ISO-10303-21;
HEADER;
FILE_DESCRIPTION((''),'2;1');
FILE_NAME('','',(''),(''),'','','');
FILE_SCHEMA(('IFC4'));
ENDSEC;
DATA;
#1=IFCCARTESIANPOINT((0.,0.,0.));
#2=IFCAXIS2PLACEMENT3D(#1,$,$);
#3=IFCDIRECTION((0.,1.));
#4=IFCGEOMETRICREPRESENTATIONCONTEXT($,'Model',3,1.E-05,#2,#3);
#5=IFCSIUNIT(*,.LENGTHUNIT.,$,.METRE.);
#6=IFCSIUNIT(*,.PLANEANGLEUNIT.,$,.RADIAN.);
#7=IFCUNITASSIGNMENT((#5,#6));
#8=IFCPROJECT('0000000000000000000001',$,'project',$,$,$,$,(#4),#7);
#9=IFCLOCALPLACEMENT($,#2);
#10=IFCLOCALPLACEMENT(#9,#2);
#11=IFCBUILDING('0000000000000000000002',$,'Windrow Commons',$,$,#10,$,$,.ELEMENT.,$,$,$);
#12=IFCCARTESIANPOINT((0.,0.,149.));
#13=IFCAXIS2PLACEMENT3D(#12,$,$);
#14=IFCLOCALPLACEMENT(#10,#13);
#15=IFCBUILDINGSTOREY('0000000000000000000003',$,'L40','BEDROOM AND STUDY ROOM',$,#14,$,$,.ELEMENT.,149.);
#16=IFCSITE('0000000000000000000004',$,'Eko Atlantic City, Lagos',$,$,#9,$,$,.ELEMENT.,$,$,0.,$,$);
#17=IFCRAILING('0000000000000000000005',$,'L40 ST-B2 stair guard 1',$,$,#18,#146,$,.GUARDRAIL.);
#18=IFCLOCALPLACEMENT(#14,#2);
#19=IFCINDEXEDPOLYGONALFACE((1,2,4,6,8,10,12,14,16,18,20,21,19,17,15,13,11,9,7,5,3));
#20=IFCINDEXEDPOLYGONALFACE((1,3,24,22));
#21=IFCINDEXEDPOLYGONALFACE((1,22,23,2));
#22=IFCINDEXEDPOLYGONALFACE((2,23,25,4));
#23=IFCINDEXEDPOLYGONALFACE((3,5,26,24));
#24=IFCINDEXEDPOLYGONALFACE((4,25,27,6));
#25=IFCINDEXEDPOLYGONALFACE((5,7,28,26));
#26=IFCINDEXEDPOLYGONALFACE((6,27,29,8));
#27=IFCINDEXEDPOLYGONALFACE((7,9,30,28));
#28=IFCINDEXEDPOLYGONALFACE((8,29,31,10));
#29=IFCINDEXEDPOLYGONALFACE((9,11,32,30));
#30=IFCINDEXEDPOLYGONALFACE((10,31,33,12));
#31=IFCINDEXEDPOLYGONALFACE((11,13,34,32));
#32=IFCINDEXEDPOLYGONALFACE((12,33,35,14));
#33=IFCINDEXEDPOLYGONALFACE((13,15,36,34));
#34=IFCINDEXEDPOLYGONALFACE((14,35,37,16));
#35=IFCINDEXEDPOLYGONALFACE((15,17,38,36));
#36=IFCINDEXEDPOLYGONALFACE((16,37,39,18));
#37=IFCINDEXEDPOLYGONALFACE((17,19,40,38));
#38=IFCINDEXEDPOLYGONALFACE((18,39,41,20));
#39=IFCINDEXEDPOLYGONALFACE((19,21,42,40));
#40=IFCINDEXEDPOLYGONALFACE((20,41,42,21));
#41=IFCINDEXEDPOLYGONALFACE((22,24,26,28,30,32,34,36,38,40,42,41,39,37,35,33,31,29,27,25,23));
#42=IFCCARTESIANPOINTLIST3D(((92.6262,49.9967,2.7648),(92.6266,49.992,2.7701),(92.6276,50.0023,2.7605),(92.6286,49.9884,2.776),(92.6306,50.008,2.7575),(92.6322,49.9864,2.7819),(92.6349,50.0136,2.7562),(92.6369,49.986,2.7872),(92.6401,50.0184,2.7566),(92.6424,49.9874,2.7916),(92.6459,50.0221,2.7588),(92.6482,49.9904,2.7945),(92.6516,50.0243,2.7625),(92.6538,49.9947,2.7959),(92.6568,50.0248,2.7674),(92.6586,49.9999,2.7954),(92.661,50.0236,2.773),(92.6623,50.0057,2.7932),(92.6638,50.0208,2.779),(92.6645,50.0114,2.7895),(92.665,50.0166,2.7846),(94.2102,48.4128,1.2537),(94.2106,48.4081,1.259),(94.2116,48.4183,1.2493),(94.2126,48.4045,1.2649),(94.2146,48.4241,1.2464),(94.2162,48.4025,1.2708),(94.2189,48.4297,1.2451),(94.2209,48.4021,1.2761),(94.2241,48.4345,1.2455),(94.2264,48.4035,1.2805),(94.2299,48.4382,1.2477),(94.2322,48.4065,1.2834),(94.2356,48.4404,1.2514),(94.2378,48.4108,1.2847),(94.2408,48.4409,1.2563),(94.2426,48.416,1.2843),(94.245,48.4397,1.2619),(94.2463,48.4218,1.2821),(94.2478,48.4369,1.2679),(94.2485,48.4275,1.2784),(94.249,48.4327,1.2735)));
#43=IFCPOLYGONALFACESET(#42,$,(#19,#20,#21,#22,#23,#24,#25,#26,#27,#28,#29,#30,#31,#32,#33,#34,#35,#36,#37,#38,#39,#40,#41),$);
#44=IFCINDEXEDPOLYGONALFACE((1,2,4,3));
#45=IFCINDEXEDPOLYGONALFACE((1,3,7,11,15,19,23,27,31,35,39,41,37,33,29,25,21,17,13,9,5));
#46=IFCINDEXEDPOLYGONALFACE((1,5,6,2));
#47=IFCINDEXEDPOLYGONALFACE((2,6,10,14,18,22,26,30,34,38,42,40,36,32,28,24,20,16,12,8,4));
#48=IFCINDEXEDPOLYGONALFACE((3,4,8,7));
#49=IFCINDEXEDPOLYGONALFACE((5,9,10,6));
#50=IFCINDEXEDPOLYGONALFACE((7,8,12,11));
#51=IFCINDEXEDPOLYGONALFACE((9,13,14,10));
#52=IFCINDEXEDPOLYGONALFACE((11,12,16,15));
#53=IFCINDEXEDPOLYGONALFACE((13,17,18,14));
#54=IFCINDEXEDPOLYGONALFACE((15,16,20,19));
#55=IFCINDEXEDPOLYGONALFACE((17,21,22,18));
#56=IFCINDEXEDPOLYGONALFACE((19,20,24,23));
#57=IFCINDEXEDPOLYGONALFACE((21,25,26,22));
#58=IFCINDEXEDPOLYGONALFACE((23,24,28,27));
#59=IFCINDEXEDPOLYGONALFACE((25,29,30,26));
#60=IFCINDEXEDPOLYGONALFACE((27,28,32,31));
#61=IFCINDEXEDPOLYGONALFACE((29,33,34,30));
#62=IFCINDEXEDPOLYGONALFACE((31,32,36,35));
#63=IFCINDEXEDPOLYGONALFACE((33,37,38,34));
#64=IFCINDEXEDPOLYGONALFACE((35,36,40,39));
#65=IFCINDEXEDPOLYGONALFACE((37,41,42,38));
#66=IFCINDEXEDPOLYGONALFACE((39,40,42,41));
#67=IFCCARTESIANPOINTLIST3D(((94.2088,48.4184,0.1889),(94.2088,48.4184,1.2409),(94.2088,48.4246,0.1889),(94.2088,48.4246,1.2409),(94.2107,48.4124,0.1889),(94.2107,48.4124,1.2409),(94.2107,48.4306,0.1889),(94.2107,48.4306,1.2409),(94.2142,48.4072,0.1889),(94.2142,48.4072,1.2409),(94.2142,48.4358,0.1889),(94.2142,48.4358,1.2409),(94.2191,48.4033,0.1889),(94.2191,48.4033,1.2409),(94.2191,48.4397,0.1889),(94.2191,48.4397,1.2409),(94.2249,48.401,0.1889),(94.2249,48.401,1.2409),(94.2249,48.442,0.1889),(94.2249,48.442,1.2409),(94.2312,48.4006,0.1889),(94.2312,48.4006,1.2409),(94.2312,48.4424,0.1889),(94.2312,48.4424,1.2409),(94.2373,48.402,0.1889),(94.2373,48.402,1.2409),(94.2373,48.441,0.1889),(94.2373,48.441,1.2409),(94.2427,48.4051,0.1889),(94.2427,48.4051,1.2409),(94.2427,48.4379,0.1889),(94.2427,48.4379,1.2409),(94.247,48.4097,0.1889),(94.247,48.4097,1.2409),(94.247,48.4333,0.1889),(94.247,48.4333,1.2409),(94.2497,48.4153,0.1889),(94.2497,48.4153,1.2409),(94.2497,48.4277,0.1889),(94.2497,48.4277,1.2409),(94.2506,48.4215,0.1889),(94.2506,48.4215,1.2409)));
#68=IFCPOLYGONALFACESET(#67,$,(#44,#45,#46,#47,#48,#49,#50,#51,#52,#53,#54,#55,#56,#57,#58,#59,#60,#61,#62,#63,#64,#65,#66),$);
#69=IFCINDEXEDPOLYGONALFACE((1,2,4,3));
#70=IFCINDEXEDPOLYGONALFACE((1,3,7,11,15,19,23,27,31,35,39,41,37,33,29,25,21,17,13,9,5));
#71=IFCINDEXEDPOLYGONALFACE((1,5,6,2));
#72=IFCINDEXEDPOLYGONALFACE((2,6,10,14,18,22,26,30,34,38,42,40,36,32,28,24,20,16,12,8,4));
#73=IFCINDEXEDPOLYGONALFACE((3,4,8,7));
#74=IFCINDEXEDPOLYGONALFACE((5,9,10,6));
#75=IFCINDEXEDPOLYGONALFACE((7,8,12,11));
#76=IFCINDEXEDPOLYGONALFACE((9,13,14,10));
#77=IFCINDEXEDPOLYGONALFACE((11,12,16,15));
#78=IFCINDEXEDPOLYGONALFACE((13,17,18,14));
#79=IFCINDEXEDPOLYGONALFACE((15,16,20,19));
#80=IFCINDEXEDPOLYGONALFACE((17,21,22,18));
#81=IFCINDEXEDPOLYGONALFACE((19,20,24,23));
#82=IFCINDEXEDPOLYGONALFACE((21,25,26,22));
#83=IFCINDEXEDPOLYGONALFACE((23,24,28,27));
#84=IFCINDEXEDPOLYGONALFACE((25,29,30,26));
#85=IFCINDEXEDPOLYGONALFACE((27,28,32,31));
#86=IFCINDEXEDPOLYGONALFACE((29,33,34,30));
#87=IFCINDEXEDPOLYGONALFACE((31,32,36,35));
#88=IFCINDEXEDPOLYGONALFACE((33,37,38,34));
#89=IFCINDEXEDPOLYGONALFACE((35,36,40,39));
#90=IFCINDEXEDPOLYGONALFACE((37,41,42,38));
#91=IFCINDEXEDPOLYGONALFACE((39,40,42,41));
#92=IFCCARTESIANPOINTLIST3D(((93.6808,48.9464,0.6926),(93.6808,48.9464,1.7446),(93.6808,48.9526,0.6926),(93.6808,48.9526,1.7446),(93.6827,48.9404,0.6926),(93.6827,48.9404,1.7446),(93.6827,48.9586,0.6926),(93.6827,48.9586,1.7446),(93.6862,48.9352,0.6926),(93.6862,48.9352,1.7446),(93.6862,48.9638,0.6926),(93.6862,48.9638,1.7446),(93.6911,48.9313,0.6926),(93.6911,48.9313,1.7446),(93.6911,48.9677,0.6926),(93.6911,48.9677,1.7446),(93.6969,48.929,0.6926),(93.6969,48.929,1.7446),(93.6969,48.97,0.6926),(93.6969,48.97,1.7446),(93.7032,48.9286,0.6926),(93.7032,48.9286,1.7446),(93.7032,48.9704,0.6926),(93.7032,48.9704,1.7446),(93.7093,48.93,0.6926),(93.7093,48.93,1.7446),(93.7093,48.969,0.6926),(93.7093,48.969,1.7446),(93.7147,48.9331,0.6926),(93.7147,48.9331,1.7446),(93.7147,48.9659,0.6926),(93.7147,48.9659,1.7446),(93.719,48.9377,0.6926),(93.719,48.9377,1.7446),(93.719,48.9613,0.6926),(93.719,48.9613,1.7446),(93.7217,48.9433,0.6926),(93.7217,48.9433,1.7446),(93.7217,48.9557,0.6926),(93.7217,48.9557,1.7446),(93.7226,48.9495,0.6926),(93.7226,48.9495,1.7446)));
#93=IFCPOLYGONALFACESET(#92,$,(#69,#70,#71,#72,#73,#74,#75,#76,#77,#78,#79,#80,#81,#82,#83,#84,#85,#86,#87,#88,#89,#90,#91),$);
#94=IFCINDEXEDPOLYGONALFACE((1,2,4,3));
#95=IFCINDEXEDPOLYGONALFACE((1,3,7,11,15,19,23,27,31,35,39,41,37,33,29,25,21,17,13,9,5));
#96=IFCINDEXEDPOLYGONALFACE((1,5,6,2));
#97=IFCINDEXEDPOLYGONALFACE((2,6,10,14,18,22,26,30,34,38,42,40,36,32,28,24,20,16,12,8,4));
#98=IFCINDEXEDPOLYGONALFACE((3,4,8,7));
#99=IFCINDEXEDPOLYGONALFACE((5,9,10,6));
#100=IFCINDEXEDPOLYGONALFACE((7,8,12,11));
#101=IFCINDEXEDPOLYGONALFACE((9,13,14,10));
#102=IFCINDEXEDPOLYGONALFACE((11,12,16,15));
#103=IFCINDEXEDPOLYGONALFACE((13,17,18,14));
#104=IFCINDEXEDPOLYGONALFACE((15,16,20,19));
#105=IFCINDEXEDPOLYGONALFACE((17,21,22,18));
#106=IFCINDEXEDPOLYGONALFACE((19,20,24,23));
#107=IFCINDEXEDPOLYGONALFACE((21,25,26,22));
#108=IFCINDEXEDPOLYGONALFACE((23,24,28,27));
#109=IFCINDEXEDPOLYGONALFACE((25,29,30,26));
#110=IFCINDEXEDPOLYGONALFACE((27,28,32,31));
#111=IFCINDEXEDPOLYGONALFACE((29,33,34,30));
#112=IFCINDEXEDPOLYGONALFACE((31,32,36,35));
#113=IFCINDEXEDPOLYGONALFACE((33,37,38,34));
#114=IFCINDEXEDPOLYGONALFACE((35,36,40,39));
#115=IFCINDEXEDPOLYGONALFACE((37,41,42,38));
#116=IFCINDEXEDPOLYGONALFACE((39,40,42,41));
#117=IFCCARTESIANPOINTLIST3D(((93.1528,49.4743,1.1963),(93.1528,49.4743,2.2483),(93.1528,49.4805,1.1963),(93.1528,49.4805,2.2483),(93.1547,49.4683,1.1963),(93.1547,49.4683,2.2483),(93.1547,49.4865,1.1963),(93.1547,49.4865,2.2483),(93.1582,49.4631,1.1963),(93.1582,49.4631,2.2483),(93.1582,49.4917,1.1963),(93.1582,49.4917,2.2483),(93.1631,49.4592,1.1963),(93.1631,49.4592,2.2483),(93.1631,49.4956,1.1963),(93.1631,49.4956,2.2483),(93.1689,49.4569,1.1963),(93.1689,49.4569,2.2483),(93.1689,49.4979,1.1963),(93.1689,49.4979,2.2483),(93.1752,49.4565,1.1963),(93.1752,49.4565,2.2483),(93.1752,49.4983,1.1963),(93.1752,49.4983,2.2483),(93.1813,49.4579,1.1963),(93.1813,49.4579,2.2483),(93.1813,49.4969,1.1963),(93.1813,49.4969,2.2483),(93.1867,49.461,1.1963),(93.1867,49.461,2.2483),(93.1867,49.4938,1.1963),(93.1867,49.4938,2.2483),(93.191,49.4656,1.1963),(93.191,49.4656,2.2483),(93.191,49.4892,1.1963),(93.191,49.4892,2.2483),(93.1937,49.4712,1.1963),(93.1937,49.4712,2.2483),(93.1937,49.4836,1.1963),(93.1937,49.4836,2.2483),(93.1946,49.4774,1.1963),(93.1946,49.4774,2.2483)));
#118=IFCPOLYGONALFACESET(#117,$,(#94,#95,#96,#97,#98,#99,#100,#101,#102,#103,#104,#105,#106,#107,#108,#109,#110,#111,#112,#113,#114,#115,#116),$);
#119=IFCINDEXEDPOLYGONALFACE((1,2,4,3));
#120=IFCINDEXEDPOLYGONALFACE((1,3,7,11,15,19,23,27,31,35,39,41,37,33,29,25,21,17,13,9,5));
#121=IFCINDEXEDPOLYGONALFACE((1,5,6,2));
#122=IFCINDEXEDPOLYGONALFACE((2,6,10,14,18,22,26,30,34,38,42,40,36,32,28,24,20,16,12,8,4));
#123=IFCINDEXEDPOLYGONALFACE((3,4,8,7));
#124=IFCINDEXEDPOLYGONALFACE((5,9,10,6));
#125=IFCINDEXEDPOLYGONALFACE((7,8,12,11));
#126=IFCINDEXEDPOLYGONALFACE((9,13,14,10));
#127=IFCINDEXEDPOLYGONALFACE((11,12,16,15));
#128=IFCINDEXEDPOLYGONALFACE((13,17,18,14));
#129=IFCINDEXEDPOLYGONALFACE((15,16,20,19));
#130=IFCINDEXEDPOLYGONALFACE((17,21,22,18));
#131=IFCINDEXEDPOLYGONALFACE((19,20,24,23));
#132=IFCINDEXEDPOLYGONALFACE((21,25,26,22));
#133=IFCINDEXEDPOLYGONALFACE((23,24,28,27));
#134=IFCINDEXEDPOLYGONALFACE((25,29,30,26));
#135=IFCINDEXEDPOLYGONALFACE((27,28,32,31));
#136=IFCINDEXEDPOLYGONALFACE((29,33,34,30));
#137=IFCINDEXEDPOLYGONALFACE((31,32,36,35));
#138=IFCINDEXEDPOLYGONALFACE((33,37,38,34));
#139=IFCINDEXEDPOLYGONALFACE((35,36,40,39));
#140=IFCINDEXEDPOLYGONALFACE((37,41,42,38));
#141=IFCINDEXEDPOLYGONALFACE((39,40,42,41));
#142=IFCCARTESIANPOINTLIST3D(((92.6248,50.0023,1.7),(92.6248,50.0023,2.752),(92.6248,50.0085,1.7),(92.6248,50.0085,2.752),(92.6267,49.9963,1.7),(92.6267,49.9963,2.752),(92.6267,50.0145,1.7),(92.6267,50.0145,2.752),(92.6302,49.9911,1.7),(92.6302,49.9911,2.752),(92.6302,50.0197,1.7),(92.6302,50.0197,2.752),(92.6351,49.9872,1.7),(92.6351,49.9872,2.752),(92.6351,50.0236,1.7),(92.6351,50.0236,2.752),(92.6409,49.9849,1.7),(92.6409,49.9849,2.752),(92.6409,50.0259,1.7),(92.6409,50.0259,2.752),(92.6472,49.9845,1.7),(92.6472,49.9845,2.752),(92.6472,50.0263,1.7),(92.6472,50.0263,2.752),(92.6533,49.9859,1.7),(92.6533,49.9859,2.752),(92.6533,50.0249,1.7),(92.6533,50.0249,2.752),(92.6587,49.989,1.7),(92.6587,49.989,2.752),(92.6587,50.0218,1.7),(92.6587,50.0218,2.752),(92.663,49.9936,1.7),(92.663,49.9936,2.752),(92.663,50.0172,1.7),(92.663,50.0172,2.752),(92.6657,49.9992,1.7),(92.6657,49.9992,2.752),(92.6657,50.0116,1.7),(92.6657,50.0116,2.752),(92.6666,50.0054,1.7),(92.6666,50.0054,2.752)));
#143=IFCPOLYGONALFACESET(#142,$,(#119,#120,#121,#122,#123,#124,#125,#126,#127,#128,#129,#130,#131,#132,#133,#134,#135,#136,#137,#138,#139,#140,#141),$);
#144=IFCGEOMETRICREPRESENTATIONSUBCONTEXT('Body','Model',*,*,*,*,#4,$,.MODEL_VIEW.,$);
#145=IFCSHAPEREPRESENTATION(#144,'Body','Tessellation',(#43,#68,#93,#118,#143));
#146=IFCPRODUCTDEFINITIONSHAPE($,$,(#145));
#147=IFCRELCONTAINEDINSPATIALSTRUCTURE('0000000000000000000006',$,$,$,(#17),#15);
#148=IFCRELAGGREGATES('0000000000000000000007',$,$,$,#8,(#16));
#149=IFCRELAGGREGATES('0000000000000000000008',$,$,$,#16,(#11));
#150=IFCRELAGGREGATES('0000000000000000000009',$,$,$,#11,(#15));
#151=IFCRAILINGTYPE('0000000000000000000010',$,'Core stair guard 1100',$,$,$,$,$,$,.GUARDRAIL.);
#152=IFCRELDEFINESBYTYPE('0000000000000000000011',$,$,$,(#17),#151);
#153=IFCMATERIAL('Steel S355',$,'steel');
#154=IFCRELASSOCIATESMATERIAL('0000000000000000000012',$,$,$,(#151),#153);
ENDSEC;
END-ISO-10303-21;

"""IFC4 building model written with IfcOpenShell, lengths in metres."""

from ifc_helpers import new_model, si_unit, direction, frame, origin, origin_2d, place, context, subcontext, project, spatial, circle, extrude, material, type_object, element, save


model = new_model("IFC4")

# Units and contexts
model_context = context("Model", 3, precision=1e-05, world=origin(), true_north=direction((0.0, 1.0)))
body_context = subcontext(model_context, "Body", "Model", "MODEL_VIEW")
ifc_project = project(units=[si_unit("LENGTHUNIT", "METRE"), si_unit("PLANEANGLEUNIT", "RADIAN")], contexts=[model_context])

# Site, building, storey
site_placement = place(None, origin())
site = spatial("IfcSite", under=ifc_project, at=site_placement, Name="Eko Atlantic City, Lagos", CompositionType="ELEMENT", RefElevation=0.0)
building_placement = place(site_placement, origin())
building = spatial("IfcBuilding", under=site, at=building_placement, Name="Windrow Commons", CompositionType="ELEMENT")
storey_placement = place(building_placement, frame((0.0, 0.0, 149.0)))
storey = spatial("IfcBuildingStorey", under=building, at=storey_placement, Name="L40", Description="BEDROOM AND STUDY ROOM", CompositionType="ELEMENT", Elevation=149.0)

# Railing
ifc_material_1 = material(Name="Steel S355", Category="steel")
railing_type_1 = type_object("IfcRailingType", Name="Core stair guard 1100", PredefinedType="GUARDRAIL", material=ifc_material_1)
railing_1_placement = place(storey_placement, frame((94.2296, 48.4215, 0.1889)))
element("IfcRailing", 1, at=railing_1_placement, inside=storey, type_object=railing_type_1, Name="L40 ST-B2 stair guard 1", PredefinedType="GUARDRAIL", context=body_context, shape_type="SweptSolid", body=[
    extrude(circle(Radius=0.024, at=origin_2d()), frame((0.0, 0.0, 1.076), z_axis=(-0.586216, 0.586179, 0.559237), x_axis=(-0.707084, -0.707129, 0.0)), (0.0, 0.0, 1.0), 2.7021),
    extrude(circle(Radius=0.021, at=origin_2d()), origin(), (0.0, 0.0, 1.0), 1.052),
    extrude(circle(Radius=0.021, at=origin_2d()), frame((-0.528, 0.528, 0.5037)), (0.0, 0.0, 1.0), 1.052),
    extrude(circle(Radius=0.021, at=origin_2d()), frame((-1.056, 1.0559, 1.0074)), (0.0, 0.0, 1.0), 1.052),
    extrude(circle(Radius=0.021, at=origin_2d()), frame((-1.584, 1.5839, 1.5111)), (0.0, 0.0, 1.0), 1.052),
])

save(model, "model.ifc")
